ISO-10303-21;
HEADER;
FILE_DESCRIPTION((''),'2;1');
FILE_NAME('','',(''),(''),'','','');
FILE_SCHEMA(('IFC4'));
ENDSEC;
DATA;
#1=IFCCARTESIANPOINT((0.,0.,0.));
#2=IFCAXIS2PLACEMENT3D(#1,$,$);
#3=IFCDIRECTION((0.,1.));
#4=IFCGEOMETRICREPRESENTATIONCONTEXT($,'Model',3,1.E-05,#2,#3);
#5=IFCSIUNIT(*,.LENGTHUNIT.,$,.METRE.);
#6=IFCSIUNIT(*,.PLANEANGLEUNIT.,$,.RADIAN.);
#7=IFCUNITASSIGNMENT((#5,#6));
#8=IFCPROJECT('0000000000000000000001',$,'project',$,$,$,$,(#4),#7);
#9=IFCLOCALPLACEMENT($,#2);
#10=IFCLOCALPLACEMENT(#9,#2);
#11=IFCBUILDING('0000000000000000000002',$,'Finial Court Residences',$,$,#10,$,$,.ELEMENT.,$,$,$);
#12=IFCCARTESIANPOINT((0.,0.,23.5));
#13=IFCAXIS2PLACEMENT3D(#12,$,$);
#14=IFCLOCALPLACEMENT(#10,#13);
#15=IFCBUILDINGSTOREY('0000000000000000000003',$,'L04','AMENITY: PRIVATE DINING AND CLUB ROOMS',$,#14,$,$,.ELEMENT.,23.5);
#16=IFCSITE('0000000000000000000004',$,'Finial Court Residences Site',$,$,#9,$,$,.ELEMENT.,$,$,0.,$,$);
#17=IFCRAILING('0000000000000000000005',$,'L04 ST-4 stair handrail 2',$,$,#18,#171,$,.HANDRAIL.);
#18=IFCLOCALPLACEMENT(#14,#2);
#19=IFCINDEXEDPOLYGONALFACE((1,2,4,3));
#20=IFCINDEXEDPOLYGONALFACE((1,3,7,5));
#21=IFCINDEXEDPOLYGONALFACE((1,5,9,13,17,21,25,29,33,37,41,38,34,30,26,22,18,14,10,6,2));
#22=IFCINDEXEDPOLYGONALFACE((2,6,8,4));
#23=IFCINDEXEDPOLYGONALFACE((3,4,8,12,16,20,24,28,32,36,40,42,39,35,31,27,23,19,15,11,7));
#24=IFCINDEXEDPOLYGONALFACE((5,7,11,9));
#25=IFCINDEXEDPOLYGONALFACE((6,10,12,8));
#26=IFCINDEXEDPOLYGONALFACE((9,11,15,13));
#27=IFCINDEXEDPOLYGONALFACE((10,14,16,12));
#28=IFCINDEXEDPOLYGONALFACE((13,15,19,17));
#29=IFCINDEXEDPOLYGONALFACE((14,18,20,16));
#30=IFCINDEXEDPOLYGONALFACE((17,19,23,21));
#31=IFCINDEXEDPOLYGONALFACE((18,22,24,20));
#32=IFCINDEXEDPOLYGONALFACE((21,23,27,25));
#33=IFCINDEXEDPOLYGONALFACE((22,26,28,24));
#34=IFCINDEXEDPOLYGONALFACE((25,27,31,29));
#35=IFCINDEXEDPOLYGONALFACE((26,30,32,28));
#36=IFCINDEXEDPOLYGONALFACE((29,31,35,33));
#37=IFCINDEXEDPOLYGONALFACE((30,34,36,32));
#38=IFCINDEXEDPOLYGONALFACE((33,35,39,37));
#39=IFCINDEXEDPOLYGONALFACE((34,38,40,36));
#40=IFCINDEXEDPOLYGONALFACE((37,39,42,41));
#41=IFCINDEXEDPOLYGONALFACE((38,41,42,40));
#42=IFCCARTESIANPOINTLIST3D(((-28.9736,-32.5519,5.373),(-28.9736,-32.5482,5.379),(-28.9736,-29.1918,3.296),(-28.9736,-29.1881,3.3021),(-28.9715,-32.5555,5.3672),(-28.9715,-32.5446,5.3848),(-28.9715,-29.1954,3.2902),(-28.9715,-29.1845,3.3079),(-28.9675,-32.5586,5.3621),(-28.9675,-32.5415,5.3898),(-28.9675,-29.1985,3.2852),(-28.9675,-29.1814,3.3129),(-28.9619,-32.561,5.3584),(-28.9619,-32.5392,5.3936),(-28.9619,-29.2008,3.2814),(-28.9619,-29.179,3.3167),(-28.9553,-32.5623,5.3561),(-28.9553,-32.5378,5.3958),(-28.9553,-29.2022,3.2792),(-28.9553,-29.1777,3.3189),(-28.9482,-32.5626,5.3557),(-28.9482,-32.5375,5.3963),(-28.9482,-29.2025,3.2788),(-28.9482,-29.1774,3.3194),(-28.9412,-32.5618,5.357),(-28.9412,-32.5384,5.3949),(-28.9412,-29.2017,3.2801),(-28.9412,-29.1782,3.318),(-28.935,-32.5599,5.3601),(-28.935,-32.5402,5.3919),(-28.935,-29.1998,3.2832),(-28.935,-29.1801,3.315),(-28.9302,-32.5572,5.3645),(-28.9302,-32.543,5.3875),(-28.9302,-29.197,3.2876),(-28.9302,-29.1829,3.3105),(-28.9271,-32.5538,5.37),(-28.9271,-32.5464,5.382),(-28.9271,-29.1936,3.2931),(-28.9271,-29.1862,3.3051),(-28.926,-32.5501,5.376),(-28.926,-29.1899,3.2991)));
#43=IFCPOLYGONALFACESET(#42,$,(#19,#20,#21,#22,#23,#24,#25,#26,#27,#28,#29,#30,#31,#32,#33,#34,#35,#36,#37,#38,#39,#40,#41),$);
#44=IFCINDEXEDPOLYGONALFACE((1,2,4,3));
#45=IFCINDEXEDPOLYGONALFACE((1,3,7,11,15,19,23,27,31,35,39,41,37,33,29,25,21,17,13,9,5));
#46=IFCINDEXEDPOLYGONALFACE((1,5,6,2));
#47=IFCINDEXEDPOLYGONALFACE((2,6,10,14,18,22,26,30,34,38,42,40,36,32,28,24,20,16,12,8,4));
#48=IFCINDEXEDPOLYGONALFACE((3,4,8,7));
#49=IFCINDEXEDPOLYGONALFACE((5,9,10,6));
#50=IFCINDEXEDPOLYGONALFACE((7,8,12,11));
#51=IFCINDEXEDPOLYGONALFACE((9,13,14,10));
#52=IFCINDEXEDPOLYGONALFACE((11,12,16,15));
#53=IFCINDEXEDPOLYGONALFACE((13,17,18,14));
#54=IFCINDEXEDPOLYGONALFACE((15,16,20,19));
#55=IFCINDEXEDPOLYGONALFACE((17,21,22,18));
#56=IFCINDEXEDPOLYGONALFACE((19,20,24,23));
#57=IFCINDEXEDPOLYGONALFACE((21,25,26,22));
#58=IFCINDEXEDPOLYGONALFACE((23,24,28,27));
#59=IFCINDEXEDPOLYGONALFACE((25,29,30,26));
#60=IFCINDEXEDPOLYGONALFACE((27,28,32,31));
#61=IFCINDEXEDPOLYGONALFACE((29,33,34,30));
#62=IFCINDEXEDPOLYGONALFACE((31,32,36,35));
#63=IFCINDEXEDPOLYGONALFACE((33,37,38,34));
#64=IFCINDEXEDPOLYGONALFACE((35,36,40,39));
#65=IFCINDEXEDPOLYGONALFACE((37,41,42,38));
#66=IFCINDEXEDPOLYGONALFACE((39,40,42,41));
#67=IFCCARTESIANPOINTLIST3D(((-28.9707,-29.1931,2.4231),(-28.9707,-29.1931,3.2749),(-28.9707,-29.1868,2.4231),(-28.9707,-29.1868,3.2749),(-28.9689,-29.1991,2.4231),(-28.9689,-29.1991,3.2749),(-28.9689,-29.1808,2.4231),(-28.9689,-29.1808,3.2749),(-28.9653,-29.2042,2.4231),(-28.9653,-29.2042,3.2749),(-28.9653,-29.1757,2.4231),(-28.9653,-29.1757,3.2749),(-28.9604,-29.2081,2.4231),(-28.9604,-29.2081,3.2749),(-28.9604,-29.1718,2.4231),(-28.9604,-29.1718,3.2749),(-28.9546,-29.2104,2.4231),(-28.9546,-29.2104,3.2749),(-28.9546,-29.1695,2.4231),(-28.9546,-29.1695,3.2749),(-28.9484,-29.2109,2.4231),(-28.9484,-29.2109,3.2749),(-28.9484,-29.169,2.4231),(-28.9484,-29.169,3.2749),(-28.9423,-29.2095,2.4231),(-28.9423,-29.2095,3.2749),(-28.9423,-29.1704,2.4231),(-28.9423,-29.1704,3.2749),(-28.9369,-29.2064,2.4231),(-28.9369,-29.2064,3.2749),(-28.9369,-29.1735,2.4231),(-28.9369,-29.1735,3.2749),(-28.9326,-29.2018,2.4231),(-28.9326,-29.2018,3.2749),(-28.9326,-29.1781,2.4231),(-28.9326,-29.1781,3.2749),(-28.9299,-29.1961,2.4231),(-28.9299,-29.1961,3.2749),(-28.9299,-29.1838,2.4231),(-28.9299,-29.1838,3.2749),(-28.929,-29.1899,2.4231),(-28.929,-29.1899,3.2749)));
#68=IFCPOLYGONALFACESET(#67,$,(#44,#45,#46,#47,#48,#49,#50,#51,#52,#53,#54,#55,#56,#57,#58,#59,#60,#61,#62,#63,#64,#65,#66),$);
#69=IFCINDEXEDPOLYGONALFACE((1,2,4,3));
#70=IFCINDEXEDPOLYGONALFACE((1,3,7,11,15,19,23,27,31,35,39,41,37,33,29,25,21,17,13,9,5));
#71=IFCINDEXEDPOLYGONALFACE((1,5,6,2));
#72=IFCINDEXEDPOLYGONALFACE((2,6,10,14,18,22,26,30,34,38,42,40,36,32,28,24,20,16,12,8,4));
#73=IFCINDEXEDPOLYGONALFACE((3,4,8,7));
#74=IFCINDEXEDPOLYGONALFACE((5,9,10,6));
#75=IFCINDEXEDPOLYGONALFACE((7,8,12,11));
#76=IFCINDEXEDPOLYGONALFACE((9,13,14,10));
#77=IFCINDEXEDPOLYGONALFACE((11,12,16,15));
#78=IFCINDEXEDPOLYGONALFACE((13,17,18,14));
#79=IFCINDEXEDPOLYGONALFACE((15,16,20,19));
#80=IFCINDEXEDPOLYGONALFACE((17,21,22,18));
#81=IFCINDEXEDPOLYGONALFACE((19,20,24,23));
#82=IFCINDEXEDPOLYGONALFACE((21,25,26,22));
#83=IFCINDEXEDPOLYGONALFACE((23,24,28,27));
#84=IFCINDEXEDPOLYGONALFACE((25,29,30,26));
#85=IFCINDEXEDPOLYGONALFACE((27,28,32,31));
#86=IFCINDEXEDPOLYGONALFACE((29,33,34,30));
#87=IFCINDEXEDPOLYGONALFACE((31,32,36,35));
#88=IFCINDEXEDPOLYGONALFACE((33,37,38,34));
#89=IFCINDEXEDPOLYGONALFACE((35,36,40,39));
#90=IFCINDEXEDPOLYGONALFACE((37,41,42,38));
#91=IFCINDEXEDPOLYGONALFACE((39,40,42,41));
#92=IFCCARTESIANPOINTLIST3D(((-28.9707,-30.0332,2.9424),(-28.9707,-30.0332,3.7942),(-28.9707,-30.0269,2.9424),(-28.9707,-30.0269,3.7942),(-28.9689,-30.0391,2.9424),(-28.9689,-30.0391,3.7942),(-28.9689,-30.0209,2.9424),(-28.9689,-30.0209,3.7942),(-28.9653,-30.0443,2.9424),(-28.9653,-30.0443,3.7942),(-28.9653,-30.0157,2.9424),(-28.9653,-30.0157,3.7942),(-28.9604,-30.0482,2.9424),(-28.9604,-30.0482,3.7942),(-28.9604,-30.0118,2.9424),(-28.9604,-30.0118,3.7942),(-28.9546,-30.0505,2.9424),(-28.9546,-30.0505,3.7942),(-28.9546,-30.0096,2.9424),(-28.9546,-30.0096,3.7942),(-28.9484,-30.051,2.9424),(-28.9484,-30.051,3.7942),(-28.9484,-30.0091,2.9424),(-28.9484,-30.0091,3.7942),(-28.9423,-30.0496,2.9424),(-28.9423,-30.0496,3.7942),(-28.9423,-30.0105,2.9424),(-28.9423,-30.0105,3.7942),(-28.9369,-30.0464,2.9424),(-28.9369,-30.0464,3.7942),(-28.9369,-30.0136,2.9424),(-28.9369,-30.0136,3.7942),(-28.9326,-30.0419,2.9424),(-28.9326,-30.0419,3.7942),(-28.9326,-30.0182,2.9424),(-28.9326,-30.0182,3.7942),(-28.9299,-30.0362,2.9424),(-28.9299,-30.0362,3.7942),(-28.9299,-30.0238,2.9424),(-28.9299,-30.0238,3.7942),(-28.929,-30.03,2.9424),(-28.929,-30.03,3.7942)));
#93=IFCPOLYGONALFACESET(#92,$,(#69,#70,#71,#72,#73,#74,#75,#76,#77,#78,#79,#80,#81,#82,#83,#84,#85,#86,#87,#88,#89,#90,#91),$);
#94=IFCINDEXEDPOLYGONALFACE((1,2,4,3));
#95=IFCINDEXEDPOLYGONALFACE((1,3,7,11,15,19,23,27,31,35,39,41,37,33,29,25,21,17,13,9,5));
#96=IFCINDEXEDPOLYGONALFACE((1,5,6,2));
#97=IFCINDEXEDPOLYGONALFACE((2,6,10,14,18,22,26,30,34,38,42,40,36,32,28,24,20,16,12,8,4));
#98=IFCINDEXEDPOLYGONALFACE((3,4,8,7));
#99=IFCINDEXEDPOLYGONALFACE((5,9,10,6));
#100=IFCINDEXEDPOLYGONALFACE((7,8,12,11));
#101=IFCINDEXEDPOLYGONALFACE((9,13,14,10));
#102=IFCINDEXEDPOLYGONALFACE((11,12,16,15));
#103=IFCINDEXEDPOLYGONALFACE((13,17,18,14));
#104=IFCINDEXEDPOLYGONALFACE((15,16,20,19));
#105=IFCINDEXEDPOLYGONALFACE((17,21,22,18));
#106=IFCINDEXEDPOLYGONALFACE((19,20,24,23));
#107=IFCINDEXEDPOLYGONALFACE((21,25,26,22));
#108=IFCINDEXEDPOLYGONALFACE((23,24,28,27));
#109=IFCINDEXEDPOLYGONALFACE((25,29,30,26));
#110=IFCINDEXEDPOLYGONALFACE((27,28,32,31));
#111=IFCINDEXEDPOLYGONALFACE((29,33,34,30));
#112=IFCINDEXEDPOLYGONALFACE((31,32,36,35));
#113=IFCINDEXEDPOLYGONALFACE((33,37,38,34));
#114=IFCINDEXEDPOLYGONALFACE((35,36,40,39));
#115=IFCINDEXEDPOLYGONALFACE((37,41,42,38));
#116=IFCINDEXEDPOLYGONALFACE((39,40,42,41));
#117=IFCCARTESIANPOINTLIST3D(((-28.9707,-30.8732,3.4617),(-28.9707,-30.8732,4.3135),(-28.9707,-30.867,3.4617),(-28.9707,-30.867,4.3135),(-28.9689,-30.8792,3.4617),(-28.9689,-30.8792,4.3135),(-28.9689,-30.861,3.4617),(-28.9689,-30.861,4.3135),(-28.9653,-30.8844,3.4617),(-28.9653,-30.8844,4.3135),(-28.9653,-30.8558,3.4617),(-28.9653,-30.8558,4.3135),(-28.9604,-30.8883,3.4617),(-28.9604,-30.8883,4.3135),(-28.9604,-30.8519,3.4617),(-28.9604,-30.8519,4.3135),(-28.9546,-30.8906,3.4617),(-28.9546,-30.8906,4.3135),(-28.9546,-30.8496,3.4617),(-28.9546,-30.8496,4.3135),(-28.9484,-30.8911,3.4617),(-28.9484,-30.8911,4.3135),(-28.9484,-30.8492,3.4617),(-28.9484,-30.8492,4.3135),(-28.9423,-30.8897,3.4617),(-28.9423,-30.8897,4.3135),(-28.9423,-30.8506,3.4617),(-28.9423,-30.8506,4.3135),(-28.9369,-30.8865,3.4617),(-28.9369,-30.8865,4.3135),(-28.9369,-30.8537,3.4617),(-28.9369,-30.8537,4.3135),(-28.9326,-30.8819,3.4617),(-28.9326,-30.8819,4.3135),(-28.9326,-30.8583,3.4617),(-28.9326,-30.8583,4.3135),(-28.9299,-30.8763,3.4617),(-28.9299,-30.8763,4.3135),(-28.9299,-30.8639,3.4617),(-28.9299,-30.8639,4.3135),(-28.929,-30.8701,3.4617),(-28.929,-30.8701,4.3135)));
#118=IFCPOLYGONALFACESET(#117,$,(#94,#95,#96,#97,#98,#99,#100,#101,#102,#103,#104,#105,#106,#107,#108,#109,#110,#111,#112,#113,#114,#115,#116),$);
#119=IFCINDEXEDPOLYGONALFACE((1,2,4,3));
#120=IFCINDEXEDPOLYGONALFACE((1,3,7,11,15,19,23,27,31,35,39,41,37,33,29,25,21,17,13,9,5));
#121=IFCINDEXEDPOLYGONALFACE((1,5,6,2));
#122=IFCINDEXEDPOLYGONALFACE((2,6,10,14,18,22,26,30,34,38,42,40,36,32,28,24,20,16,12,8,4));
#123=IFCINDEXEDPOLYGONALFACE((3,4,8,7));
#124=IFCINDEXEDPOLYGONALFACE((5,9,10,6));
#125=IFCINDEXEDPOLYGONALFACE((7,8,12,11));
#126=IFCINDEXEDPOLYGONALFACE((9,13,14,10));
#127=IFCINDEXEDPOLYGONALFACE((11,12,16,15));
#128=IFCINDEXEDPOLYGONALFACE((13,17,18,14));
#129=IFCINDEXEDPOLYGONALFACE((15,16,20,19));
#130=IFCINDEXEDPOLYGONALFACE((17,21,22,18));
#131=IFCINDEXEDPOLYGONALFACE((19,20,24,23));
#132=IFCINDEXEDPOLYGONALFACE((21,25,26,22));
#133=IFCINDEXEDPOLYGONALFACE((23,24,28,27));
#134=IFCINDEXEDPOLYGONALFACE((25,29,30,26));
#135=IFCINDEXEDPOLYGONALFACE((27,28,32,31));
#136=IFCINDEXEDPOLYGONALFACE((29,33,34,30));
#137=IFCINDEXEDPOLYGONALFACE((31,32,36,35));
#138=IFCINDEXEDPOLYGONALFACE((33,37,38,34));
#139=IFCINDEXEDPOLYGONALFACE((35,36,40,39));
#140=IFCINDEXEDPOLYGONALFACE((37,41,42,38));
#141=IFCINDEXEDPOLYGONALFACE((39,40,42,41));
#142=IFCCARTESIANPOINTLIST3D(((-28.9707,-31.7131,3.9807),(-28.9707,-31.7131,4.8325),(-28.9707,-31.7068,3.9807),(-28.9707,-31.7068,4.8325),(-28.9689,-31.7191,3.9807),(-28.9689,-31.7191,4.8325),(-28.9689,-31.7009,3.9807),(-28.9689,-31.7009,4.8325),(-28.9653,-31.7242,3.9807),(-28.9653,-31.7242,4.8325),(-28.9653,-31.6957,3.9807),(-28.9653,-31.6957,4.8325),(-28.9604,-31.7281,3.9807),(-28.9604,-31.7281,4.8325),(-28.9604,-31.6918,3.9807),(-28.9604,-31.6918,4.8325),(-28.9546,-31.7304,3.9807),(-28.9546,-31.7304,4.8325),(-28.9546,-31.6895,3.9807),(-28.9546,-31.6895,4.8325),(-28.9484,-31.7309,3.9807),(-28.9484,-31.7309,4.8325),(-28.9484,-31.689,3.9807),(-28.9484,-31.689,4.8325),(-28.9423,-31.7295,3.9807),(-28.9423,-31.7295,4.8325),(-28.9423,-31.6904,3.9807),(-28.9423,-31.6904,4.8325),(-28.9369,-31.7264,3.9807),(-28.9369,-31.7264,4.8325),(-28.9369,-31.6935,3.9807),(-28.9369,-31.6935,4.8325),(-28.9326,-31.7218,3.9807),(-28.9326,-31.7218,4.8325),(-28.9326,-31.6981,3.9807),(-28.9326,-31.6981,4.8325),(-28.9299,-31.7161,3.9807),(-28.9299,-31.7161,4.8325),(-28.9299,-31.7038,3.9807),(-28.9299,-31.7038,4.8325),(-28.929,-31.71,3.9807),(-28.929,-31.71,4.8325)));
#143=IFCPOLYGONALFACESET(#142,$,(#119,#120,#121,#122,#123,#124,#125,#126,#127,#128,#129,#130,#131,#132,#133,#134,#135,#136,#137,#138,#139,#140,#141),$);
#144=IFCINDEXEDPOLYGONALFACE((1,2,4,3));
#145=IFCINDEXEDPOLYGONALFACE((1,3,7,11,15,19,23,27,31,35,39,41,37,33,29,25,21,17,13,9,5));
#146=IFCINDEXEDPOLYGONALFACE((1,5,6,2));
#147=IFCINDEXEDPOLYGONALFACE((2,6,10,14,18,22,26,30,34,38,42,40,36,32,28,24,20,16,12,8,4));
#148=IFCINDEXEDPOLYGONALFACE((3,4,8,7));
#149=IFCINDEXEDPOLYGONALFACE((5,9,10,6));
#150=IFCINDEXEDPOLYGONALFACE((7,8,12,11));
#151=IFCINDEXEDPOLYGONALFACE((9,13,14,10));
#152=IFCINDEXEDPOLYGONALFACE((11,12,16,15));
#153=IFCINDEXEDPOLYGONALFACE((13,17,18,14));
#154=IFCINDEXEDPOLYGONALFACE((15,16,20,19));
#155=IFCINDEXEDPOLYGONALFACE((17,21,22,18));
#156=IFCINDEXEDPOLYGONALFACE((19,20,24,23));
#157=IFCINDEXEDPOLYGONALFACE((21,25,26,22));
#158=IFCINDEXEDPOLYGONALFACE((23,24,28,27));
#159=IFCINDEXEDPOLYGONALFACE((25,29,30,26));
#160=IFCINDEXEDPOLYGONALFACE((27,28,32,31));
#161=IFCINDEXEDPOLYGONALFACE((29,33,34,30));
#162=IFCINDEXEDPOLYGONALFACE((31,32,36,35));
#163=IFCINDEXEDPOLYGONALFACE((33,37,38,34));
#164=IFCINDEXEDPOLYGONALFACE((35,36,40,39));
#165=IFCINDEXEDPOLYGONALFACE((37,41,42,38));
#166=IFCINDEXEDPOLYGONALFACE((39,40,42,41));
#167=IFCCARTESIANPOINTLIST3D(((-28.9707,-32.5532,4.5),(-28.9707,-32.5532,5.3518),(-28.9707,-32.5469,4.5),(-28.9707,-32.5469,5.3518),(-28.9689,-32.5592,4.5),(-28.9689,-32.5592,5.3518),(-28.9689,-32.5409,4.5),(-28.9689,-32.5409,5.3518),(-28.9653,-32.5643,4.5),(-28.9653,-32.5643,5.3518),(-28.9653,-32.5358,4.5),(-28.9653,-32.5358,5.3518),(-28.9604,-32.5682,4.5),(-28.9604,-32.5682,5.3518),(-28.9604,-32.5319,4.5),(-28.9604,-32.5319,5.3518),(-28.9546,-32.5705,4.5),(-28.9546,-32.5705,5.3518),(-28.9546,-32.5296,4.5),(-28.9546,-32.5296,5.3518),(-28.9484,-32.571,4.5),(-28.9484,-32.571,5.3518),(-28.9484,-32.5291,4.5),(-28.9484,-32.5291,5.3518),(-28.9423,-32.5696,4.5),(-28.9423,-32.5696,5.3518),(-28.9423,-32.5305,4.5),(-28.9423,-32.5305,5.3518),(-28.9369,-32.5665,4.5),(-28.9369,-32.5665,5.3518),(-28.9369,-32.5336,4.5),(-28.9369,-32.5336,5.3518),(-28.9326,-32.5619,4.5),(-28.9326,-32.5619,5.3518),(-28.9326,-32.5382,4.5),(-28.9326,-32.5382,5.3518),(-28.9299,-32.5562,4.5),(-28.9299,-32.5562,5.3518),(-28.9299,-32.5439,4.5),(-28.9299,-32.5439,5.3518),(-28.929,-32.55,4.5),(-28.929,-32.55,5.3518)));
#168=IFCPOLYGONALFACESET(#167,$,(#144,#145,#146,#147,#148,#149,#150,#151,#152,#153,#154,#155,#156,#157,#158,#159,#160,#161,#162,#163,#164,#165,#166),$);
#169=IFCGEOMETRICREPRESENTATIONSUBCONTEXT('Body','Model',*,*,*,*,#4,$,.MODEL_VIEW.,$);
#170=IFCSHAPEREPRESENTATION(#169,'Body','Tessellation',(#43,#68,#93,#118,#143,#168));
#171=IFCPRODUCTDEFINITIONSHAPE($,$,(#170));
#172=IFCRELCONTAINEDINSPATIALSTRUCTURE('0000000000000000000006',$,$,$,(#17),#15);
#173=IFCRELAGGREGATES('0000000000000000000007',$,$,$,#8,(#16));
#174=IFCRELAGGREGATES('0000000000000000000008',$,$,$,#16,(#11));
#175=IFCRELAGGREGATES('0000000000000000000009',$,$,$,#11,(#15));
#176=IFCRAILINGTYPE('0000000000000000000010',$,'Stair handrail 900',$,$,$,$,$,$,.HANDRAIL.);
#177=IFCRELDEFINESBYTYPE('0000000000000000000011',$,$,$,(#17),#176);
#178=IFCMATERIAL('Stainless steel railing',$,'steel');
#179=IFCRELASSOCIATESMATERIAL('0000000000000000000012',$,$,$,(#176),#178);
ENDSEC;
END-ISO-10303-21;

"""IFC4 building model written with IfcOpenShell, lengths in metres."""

from ifc_helpers import new_model, si_unit, direction, frame, origin, origin_2d, place, context, subcontext, project, spatial, circle, extrude, material, type_object, element, save


model = new_model("IFC4")

# Units and contexts
model_context = context("Model", 3, precision=1e-05, world=origin(), true_north=direction((0.0, 1.0)))
body_context = subcontext(model_context, "Body", "Model", "MODEL_VIEW")
ifc_project = project(units=[si_unit("LENGTHUNIT", "METRE"), si_unit("PLANEANGLEUNIT", "RADIAN")], contexts=[model_context])

# Site, building, storey
site_placement = place(None, origin())
site = spatial("IfcSite", under=ifc_project, at=site_placement, Name="Finial Court Residences Site", CompositionType="ELEMENT", RefElevation=0.0)
building_placement = place(site_placement, origin())
building = spatial("IfcBuilding", under=site, at=building_placement, Name="Finial Court Residences", CompositionType="ELEMENT")
storey_placement = place(building_placement, frame((0.0, 0.0, 23.5)))
storey = spatial("IfcBuildingStorey", under=building, at=storey_placement, Name="L04", Description="AMENITY: PRIVATE DINING AND CLUB ROOMS", CompositionType="ELEMENT", Elevation=23.5)

# Railing
ifc_material_1 = material(Name="Stainless steel railing", Category="steel")
railing_type = type_object("IfcRailingType", Name="Stair handrail 900", PredefinedType="HANDRAIL", material=ifc_material_1)
railing_placement = place(storey_placement, frame((-28.95, -29.1899, 2.4231)))
element("IfcRailing", 1, at=railing_placement, inside=storey, type_object=railing_type, Name="L04 ST-4 stair handrail 2", PredefinedType="HANDRAIL", context=body_context, shape_type="SweptSolid", body=[
    extrude(circle(Radius=0.0239, at=origin_2d()), frame((0.0, 0.0, 0.876), z_axis=(0.0, -0.850623, 0.525776), x_axis=(1.0, 0.0, 0.0)), (0.0, 0.0, 1.0), 3.9502),
    extrude(circle(Radius=0.021, at=origin_2d()), origin(), (0.0, 0.0, 1.0), 0.8518),
    extrude(circle(Radius=0.021, at=origin_2d()), frame((0.0, -0.8401, 0.5193)), (0.0, 0.0, 1.0), 0.8518),
    extrude(circle(Radius=0.021, at=origin_2d()), frame((0.0, -1.6802, 1.0386)), (0.0, 0.0, 1.0), 0.8518),
    extrude(circle(Radius=0.021, at=origin_2d()), frame((0.0, -2.52, 1.5576)), (0.0, 0.0, 1.0), 0.8518),
    extrude(circle(Radius=0.021, at=origin_2d()), frame((0.0, -3.3601, 2.0769)), (0.0, 0.0, 1.0), 0.8518),
])

save(model, "model.ifc")
